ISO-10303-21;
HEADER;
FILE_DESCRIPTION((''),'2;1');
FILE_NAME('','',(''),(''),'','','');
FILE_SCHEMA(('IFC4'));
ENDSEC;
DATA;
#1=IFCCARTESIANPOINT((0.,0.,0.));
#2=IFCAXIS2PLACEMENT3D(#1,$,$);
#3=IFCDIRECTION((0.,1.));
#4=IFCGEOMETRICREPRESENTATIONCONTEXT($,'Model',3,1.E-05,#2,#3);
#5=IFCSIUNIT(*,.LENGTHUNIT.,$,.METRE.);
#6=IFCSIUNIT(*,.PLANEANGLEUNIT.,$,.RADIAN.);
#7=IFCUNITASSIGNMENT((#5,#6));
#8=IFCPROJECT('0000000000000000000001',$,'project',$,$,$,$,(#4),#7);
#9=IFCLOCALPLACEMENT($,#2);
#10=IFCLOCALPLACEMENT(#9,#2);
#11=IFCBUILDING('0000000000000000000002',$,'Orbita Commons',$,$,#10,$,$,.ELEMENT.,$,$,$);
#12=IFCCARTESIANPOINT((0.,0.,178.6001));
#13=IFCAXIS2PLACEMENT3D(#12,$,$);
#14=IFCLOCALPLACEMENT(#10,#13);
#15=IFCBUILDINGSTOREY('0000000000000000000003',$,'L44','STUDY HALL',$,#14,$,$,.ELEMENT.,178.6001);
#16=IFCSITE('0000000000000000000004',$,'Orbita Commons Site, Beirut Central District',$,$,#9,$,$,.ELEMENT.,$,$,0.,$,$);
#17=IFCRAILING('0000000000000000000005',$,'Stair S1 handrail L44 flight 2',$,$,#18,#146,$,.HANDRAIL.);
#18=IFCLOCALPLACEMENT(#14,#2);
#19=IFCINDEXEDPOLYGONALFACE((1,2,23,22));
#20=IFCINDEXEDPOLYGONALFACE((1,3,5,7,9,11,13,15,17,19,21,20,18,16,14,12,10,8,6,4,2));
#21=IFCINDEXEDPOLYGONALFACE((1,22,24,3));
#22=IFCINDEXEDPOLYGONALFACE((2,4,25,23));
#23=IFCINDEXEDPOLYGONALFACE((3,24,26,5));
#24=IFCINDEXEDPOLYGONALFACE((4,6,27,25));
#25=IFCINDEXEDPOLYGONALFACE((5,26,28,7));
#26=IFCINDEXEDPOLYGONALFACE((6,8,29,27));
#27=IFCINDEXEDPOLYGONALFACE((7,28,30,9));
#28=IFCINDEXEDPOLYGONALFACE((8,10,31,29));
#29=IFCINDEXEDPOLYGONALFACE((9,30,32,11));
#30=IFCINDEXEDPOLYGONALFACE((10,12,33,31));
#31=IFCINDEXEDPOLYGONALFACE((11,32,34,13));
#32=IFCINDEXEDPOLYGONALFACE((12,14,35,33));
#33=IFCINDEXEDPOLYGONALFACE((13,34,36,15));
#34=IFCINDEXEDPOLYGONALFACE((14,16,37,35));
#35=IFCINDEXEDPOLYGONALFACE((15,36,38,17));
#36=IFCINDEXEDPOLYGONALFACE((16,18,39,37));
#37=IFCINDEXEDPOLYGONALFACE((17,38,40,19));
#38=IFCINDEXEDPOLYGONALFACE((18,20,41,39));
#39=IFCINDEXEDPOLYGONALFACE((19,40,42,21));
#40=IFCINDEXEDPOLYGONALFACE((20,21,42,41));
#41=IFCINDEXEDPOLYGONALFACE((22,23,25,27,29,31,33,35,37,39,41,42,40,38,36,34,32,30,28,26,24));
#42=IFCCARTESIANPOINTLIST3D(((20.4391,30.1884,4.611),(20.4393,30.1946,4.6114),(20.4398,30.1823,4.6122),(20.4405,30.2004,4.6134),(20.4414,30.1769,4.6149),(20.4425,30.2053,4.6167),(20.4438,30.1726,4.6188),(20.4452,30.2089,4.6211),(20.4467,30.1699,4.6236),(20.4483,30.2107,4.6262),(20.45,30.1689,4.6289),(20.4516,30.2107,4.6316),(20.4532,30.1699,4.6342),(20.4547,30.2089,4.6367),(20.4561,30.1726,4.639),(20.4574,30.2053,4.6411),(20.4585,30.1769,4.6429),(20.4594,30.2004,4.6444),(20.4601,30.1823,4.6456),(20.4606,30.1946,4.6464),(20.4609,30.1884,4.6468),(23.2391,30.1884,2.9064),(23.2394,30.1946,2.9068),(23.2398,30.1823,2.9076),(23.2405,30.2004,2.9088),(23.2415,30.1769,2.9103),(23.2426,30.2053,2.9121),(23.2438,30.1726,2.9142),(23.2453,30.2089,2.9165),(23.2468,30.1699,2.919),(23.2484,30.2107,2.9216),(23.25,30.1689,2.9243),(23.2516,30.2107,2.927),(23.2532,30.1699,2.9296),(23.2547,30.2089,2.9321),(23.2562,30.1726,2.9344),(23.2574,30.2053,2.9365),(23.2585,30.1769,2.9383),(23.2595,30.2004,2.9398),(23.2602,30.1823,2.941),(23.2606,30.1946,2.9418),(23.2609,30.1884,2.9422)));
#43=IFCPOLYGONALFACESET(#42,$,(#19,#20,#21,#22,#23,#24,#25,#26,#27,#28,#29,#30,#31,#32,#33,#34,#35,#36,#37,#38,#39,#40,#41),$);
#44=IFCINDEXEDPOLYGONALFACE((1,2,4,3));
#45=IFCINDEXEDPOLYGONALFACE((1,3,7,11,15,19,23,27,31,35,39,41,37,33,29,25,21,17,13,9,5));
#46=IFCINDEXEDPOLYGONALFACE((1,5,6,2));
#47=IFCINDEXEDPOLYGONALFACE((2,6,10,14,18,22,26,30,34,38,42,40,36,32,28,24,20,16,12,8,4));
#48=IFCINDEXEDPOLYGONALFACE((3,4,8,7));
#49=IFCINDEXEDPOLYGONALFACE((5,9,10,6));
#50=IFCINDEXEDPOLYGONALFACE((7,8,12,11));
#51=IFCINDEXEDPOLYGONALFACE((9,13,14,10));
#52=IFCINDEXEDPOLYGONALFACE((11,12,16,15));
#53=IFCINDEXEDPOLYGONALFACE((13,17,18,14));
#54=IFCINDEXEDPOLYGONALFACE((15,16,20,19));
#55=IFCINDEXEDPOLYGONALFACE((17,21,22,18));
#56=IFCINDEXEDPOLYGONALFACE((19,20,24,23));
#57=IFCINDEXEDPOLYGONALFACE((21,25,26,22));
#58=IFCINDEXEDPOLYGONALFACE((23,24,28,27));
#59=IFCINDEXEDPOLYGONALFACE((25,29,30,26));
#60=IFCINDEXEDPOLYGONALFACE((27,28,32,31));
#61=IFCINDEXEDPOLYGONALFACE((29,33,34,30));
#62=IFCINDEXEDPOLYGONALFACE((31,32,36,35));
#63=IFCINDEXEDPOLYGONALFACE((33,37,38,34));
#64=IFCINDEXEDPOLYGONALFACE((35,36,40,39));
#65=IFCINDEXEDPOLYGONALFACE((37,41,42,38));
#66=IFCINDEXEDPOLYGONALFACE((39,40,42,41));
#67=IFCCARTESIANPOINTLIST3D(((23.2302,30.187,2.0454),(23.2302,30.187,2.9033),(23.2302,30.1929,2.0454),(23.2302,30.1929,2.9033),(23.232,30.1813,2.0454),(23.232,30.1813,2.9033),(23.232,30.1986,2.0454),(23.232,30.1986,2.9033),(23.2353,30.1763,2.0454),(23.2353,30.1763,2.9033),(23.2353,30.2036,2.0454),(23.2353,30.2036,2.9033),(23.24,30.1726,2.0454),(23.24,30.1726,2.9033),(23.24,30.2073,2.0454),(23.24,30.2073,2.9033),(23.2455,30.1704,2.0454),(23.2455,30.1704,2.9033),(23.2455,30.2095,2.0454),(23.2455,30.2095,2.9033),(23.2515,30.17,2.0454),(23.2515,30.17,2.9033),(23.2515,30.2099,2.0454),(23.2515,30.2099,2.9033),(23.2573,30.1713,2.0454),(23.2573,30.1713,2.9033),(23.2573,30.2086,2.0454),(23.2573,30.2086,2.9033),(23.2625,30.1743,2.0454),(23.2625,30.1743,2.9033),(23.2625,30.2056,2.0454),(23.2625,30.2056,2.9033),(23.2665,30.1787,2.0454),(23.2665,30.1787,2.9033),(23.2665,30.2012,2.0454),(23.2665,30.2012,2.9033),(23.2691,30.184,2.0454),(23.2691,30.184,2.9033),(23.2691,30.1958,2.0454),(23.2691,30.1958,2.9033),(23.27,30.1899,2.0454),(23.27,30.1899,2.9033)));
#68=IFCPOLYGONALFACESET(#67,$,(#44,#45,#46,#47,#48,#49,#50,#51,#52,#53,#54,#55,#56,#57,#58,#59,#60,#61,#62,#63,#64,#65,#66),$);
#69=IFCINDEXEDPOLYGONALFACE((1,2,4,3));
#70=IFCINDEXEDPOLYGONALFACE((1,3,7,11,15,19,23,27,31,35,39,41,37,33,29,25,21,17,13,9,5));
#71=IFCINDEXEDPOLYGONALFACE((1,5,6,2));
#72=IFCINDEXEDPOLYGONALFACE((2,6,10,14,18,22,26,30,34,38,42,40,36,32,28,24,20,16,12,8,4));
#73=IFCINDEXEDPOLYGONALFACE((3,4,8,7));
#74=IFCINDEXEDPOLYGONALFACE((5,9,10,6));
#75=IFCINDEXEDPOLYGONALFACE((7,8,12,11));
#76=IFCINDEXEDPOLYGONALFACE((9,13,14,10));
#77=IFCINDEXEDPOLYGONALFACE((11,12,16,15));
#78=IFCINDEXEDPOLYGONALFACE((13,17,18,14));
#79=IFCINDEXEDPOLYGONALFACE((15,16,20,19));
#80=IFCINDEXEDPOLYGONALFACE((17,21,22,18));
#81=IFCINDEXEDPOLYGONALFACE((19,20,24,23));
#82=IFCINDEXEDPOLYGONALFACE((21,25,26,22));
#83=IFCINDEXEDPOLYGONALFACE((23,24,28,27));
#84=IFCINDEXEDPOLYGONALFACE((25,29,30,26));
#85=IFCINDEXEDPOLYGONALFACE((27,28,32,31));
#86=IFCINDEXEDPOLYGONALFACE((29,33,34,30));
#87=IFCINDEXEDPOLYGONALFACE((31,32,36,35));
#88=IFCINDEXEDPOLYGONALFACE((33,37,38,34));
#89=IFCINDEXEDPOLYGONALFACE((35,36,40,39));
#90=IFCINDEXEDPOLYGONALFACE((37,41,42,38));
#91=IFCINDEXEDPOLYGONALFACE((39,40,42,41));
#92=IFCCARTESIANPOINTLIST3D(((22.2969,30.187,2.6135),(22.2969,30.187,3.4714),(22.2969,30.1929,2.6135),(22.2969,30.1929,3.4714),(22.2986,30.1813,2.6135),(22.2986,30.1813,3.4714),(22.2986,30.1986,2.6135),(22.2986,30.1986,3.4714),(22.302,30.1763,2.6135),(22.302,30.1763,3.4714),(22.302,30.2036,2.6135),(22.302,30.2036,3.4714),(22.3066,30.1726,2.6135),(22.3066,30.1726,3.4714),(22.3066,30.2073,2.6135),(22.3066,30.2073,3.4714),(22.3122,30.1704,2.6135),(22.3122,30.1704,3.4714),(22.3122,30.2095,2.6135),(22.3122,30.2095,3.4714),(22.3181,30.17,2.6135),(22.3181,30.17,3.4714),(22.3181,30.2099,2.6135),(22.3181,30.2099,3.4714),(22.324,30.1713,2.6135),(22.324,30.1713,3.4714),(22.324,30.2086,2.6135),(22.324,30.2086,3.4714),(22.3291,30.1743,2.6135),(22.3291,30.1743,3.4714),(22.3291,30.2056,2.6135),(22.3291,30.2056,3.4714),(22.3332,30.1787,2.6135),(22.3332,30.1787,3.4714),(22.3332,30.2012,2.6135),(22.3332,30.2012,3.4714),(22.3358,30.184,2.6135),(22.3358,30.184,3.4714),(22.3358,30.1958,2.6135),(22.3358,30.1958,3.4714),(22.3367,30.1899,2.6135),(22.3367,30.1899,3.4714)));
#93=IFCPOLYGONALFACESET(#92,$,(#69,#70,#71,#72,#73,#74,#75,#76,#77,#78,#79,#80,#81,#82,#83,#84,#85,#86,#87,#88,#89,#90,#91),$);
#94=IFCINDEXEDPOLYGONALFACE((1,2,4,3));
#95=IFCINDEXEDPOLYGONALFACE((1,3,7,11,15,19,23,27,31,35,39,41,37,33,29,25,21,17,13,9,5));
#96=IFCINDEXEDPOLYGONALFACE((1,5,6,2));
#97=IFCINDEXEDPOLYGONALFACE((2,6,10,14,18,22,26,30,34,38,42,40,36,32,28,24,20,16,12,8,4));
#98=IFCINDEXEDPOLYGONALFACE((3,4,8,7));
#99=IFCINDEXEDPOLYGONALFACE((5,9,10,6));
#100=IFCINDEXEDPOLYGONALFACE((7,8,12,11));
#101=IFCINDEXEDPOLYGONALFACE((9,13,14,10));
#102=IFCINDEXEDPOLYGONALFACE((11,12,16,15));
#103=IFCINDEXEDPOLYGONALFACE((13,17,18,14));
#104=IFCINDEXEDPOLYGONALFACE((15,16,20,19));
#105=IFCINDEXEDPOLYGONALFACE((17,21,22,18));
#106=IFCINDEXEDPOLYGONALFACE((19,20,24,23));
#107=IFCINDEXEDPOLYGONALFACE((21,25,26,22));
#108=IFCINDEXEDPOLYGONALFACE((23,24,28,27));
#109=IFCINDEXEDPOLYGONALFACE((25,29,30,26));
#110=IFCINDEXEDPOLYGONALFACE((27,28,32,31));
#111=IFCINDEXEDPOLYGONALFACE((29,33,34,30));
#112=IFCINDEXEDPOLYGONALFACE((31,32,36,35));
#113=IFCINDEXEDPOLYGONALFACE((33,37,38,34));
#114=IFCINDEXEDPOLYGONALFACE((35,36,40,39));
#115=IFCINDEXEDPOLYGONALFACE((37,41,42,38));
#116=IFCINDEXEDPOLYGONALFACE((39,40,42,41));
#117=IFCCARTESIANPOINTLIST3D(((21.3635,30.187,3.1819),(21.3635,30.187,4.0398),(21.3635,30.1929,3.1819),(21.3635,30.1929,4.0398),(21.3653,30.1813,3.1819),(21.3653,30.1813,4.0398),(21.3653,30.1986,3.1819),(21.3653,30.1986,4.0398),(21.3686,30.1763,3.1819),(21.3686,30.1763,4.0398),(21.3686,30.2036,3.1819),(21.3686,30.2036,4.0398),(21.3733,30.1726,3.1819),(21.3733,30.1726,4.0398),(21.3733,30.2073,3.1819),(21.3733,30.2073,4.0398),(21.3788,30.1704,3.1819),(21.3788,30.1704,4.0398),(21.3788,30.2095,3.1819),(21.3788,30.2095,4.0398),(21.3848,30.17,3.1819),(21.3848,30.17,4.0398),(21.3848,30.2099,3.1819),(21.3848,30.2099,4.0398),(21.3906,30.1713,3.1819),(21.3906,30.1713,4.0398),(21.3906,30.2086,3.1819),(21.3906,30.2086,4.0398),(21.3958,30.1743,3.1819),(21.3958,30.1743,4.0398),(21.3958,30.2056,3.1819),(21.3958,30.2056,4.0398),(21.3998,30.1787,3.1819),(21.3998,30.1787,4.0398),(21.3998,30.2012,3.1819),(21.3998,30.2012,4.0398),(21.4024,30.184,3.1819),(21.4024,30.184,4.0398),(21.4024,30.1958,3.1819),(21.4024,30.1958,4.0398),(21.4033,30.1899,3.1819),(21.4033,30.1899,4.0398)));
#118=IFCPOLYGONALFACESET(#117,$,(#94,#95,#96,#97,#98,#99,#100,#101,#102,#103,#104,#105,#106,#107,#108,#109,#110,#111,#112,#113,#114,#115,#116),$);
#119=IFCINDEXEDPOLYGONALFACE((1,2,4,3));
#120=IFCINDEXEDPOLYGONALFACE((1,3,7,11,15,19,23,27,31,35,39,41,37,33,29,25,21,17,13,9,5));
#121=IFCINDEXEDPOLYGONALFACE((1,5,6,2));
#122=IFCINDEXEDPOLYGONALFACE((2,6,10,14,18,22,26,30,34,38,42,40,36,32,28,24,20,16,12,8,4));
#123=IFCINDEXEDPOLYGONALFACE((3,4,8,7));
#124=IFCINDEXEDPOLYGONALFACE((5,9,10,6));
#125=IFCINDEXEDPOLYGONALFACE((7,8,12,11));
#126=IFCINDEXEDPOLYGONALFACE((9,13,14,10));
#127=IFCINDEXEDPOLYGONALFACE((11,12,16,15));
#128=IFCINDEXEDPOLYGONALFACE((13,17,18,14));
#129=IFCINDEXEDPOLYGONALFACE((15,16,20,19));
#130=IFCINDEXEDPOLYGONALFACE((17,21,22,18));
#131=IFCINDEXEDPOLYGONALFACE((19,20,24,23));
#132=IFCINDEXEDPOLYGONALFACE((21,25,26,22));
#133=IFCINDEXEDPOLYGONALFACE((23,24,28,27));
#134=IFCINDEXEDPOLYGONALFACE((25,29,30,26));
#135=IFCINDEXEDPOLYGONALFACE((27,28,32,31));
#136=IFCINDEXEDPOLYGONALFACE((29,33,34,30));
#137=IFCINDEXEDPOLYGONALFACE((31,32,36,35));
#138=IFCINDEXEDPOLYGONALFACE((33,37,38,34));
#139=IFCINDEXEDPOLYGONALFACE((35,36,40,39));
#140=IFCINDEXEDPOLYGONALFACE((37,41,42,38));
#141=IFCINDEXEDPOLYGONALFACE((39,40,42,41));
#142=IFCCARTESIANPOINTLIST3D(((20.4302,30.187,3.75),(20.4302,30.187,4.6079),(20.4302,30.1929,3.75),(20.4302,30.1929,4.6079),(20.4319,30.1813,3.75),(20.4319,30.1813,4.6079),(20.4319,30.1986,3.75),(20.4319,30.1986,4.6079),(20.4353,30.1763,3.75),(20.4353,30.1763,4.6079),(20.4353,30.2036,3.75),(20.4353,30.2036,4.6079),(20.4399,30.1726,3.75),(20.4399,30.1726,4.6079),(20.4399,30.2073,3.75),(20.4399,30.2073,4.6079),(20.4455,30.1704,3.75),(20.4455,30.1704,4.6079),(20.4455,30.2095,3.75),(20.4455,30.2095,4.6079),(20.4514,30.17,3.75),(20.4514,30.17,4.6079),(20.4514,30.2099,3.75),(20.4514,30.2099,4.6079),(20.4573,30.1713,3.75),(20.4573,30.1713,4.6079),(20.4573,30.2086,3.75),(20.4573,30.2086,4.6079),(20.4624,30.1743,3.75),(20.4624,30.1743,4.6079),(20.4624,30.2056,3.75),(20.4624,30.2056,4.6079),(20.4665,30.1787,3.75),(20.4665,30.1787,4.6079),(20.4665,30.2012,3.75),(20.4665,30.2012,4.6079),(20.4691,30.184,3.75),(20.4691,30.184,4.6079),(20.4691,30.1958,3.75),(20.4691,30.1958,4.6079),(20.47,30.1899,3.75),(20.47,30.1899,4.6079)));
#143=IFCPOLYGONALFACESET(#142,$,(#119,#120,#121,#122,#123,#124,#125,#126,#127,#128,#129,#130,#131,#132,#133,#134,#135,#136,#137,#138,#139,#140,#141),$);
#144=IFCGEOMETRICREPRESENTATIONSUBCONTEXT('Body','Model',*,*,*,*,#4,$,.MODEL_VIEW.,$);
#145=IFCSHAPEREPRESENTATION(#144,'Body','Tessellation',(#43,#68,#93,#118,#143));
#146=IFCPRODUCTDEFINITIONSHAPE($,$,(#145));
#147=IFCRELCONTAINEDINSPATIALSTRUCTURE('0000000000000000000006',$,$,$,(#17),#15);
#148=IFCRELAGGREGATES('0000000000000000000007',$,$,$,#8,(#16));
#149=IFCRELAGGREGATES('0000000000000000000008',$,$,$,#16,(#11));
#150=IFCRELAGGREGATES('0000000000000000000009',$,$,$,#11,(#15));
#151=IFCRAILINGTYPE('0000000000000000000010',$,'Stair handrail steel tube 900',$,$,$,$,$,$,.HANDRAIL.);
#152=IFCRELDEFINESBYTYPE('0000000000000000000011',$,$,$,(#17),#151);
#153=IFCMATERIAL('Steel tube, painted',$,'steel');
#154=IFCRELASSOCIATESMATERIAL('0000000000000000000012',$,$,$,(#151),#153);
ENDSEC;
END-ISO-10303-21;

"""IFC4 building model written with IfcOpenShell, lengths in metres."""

from ifc_helpers import new_model, si_unit, direction, frame, origin, origin_2d, place, context, subcontext, project, spatial, circle, extrude, material, type_object, element, save


model = new_model("IFC4")

# Units and contexts
model_context = context("Model", 3, precision=1e-05, world=origin(), true_north=direction((0.0, 1.0)))
body_context = subcontext(model_context, "Body", "Model", "MODEL_VIEW")
ifc_project = project(units=[si_unit("LENGTHUNIT", "METRE"), si_unit("PLANEANGLEUNIT", "RADIAN")], contexts=[model_context])

# Site, building, storey
site_placement = place(None, origin())
site = spatial("IfcSite", under=ifc_project, at=site_placement, Name="Orbita Commons Site, Beirut Central District", CompositionType="ELEMENT", RefElevation=0.0)
building_placement = place(site_placement, origin())
building = spatial("IfcBuilding", under=site, at=building_placement, Name="Orbita Commons", CompositionType="ELEMENT")
storey_placement = place(building_placement, frame((0.0, 0.0, 178.6001)))
storey = spatial("IfcBuildingStorey", under=building, at=storey_placement, Name="L44", Description="STUDY HALL", CompositionType="ELEMENT", Elevation=178.6001)

# Railing
ifc_material_1 = material(Name="Steel tube, painted", Category="steel")
railing_type = type_object("IfcRailingType", Name="Stair handrail steel tube 900", PredefinedType="HANDRAIL", material=ifc_material_1)
for number, where, name in (
    (1, (23.25, 30.1899, 2.0454), "Stair S1 handrail L44 flight 2"),
):
    element("IfcRailing", number, at=place(storey_placement, frame(where)), inside=storey, type_object=railing_type, Name=name, PredefinedType="HANDRAIL", context=body_context, shape_type="SweptSolid", body=[
        extrude(circle(Radius=0.021, at=origin_2d()), frame((0.0, 0.0, 0.8789), z_axis=(-0.85417, 0.0, 0.519994), x_axis=(0.0, -1.0, 0.0)), (0.0, 0.0, 1.0), 3.2781),
        extrude(circle(Radius=0.02, at=origin_2d()), origin(), (0.0, 0.0, 1.0), 0.8579),
        extrude(circle(Radius=0.02, at=origin_2d()), frame((-0.9333, 0.0, 0.5681)), (0.0, 0.0, 1.0), 0.8579),
        extrude(circle(Radius=0.02, at=origin_2d()), frame((-1.8667, 0.0, 1.1365)), (0.0, 0.0, 1.0), 0.8579),
        extrude(circle(Radius=0.02, at=origin_2d()), frame((-2.8, 0.0, 1.7046)), (0.0, 0.0, 1.0), 0.8579),
    ])

save(model, "model.ifc")
